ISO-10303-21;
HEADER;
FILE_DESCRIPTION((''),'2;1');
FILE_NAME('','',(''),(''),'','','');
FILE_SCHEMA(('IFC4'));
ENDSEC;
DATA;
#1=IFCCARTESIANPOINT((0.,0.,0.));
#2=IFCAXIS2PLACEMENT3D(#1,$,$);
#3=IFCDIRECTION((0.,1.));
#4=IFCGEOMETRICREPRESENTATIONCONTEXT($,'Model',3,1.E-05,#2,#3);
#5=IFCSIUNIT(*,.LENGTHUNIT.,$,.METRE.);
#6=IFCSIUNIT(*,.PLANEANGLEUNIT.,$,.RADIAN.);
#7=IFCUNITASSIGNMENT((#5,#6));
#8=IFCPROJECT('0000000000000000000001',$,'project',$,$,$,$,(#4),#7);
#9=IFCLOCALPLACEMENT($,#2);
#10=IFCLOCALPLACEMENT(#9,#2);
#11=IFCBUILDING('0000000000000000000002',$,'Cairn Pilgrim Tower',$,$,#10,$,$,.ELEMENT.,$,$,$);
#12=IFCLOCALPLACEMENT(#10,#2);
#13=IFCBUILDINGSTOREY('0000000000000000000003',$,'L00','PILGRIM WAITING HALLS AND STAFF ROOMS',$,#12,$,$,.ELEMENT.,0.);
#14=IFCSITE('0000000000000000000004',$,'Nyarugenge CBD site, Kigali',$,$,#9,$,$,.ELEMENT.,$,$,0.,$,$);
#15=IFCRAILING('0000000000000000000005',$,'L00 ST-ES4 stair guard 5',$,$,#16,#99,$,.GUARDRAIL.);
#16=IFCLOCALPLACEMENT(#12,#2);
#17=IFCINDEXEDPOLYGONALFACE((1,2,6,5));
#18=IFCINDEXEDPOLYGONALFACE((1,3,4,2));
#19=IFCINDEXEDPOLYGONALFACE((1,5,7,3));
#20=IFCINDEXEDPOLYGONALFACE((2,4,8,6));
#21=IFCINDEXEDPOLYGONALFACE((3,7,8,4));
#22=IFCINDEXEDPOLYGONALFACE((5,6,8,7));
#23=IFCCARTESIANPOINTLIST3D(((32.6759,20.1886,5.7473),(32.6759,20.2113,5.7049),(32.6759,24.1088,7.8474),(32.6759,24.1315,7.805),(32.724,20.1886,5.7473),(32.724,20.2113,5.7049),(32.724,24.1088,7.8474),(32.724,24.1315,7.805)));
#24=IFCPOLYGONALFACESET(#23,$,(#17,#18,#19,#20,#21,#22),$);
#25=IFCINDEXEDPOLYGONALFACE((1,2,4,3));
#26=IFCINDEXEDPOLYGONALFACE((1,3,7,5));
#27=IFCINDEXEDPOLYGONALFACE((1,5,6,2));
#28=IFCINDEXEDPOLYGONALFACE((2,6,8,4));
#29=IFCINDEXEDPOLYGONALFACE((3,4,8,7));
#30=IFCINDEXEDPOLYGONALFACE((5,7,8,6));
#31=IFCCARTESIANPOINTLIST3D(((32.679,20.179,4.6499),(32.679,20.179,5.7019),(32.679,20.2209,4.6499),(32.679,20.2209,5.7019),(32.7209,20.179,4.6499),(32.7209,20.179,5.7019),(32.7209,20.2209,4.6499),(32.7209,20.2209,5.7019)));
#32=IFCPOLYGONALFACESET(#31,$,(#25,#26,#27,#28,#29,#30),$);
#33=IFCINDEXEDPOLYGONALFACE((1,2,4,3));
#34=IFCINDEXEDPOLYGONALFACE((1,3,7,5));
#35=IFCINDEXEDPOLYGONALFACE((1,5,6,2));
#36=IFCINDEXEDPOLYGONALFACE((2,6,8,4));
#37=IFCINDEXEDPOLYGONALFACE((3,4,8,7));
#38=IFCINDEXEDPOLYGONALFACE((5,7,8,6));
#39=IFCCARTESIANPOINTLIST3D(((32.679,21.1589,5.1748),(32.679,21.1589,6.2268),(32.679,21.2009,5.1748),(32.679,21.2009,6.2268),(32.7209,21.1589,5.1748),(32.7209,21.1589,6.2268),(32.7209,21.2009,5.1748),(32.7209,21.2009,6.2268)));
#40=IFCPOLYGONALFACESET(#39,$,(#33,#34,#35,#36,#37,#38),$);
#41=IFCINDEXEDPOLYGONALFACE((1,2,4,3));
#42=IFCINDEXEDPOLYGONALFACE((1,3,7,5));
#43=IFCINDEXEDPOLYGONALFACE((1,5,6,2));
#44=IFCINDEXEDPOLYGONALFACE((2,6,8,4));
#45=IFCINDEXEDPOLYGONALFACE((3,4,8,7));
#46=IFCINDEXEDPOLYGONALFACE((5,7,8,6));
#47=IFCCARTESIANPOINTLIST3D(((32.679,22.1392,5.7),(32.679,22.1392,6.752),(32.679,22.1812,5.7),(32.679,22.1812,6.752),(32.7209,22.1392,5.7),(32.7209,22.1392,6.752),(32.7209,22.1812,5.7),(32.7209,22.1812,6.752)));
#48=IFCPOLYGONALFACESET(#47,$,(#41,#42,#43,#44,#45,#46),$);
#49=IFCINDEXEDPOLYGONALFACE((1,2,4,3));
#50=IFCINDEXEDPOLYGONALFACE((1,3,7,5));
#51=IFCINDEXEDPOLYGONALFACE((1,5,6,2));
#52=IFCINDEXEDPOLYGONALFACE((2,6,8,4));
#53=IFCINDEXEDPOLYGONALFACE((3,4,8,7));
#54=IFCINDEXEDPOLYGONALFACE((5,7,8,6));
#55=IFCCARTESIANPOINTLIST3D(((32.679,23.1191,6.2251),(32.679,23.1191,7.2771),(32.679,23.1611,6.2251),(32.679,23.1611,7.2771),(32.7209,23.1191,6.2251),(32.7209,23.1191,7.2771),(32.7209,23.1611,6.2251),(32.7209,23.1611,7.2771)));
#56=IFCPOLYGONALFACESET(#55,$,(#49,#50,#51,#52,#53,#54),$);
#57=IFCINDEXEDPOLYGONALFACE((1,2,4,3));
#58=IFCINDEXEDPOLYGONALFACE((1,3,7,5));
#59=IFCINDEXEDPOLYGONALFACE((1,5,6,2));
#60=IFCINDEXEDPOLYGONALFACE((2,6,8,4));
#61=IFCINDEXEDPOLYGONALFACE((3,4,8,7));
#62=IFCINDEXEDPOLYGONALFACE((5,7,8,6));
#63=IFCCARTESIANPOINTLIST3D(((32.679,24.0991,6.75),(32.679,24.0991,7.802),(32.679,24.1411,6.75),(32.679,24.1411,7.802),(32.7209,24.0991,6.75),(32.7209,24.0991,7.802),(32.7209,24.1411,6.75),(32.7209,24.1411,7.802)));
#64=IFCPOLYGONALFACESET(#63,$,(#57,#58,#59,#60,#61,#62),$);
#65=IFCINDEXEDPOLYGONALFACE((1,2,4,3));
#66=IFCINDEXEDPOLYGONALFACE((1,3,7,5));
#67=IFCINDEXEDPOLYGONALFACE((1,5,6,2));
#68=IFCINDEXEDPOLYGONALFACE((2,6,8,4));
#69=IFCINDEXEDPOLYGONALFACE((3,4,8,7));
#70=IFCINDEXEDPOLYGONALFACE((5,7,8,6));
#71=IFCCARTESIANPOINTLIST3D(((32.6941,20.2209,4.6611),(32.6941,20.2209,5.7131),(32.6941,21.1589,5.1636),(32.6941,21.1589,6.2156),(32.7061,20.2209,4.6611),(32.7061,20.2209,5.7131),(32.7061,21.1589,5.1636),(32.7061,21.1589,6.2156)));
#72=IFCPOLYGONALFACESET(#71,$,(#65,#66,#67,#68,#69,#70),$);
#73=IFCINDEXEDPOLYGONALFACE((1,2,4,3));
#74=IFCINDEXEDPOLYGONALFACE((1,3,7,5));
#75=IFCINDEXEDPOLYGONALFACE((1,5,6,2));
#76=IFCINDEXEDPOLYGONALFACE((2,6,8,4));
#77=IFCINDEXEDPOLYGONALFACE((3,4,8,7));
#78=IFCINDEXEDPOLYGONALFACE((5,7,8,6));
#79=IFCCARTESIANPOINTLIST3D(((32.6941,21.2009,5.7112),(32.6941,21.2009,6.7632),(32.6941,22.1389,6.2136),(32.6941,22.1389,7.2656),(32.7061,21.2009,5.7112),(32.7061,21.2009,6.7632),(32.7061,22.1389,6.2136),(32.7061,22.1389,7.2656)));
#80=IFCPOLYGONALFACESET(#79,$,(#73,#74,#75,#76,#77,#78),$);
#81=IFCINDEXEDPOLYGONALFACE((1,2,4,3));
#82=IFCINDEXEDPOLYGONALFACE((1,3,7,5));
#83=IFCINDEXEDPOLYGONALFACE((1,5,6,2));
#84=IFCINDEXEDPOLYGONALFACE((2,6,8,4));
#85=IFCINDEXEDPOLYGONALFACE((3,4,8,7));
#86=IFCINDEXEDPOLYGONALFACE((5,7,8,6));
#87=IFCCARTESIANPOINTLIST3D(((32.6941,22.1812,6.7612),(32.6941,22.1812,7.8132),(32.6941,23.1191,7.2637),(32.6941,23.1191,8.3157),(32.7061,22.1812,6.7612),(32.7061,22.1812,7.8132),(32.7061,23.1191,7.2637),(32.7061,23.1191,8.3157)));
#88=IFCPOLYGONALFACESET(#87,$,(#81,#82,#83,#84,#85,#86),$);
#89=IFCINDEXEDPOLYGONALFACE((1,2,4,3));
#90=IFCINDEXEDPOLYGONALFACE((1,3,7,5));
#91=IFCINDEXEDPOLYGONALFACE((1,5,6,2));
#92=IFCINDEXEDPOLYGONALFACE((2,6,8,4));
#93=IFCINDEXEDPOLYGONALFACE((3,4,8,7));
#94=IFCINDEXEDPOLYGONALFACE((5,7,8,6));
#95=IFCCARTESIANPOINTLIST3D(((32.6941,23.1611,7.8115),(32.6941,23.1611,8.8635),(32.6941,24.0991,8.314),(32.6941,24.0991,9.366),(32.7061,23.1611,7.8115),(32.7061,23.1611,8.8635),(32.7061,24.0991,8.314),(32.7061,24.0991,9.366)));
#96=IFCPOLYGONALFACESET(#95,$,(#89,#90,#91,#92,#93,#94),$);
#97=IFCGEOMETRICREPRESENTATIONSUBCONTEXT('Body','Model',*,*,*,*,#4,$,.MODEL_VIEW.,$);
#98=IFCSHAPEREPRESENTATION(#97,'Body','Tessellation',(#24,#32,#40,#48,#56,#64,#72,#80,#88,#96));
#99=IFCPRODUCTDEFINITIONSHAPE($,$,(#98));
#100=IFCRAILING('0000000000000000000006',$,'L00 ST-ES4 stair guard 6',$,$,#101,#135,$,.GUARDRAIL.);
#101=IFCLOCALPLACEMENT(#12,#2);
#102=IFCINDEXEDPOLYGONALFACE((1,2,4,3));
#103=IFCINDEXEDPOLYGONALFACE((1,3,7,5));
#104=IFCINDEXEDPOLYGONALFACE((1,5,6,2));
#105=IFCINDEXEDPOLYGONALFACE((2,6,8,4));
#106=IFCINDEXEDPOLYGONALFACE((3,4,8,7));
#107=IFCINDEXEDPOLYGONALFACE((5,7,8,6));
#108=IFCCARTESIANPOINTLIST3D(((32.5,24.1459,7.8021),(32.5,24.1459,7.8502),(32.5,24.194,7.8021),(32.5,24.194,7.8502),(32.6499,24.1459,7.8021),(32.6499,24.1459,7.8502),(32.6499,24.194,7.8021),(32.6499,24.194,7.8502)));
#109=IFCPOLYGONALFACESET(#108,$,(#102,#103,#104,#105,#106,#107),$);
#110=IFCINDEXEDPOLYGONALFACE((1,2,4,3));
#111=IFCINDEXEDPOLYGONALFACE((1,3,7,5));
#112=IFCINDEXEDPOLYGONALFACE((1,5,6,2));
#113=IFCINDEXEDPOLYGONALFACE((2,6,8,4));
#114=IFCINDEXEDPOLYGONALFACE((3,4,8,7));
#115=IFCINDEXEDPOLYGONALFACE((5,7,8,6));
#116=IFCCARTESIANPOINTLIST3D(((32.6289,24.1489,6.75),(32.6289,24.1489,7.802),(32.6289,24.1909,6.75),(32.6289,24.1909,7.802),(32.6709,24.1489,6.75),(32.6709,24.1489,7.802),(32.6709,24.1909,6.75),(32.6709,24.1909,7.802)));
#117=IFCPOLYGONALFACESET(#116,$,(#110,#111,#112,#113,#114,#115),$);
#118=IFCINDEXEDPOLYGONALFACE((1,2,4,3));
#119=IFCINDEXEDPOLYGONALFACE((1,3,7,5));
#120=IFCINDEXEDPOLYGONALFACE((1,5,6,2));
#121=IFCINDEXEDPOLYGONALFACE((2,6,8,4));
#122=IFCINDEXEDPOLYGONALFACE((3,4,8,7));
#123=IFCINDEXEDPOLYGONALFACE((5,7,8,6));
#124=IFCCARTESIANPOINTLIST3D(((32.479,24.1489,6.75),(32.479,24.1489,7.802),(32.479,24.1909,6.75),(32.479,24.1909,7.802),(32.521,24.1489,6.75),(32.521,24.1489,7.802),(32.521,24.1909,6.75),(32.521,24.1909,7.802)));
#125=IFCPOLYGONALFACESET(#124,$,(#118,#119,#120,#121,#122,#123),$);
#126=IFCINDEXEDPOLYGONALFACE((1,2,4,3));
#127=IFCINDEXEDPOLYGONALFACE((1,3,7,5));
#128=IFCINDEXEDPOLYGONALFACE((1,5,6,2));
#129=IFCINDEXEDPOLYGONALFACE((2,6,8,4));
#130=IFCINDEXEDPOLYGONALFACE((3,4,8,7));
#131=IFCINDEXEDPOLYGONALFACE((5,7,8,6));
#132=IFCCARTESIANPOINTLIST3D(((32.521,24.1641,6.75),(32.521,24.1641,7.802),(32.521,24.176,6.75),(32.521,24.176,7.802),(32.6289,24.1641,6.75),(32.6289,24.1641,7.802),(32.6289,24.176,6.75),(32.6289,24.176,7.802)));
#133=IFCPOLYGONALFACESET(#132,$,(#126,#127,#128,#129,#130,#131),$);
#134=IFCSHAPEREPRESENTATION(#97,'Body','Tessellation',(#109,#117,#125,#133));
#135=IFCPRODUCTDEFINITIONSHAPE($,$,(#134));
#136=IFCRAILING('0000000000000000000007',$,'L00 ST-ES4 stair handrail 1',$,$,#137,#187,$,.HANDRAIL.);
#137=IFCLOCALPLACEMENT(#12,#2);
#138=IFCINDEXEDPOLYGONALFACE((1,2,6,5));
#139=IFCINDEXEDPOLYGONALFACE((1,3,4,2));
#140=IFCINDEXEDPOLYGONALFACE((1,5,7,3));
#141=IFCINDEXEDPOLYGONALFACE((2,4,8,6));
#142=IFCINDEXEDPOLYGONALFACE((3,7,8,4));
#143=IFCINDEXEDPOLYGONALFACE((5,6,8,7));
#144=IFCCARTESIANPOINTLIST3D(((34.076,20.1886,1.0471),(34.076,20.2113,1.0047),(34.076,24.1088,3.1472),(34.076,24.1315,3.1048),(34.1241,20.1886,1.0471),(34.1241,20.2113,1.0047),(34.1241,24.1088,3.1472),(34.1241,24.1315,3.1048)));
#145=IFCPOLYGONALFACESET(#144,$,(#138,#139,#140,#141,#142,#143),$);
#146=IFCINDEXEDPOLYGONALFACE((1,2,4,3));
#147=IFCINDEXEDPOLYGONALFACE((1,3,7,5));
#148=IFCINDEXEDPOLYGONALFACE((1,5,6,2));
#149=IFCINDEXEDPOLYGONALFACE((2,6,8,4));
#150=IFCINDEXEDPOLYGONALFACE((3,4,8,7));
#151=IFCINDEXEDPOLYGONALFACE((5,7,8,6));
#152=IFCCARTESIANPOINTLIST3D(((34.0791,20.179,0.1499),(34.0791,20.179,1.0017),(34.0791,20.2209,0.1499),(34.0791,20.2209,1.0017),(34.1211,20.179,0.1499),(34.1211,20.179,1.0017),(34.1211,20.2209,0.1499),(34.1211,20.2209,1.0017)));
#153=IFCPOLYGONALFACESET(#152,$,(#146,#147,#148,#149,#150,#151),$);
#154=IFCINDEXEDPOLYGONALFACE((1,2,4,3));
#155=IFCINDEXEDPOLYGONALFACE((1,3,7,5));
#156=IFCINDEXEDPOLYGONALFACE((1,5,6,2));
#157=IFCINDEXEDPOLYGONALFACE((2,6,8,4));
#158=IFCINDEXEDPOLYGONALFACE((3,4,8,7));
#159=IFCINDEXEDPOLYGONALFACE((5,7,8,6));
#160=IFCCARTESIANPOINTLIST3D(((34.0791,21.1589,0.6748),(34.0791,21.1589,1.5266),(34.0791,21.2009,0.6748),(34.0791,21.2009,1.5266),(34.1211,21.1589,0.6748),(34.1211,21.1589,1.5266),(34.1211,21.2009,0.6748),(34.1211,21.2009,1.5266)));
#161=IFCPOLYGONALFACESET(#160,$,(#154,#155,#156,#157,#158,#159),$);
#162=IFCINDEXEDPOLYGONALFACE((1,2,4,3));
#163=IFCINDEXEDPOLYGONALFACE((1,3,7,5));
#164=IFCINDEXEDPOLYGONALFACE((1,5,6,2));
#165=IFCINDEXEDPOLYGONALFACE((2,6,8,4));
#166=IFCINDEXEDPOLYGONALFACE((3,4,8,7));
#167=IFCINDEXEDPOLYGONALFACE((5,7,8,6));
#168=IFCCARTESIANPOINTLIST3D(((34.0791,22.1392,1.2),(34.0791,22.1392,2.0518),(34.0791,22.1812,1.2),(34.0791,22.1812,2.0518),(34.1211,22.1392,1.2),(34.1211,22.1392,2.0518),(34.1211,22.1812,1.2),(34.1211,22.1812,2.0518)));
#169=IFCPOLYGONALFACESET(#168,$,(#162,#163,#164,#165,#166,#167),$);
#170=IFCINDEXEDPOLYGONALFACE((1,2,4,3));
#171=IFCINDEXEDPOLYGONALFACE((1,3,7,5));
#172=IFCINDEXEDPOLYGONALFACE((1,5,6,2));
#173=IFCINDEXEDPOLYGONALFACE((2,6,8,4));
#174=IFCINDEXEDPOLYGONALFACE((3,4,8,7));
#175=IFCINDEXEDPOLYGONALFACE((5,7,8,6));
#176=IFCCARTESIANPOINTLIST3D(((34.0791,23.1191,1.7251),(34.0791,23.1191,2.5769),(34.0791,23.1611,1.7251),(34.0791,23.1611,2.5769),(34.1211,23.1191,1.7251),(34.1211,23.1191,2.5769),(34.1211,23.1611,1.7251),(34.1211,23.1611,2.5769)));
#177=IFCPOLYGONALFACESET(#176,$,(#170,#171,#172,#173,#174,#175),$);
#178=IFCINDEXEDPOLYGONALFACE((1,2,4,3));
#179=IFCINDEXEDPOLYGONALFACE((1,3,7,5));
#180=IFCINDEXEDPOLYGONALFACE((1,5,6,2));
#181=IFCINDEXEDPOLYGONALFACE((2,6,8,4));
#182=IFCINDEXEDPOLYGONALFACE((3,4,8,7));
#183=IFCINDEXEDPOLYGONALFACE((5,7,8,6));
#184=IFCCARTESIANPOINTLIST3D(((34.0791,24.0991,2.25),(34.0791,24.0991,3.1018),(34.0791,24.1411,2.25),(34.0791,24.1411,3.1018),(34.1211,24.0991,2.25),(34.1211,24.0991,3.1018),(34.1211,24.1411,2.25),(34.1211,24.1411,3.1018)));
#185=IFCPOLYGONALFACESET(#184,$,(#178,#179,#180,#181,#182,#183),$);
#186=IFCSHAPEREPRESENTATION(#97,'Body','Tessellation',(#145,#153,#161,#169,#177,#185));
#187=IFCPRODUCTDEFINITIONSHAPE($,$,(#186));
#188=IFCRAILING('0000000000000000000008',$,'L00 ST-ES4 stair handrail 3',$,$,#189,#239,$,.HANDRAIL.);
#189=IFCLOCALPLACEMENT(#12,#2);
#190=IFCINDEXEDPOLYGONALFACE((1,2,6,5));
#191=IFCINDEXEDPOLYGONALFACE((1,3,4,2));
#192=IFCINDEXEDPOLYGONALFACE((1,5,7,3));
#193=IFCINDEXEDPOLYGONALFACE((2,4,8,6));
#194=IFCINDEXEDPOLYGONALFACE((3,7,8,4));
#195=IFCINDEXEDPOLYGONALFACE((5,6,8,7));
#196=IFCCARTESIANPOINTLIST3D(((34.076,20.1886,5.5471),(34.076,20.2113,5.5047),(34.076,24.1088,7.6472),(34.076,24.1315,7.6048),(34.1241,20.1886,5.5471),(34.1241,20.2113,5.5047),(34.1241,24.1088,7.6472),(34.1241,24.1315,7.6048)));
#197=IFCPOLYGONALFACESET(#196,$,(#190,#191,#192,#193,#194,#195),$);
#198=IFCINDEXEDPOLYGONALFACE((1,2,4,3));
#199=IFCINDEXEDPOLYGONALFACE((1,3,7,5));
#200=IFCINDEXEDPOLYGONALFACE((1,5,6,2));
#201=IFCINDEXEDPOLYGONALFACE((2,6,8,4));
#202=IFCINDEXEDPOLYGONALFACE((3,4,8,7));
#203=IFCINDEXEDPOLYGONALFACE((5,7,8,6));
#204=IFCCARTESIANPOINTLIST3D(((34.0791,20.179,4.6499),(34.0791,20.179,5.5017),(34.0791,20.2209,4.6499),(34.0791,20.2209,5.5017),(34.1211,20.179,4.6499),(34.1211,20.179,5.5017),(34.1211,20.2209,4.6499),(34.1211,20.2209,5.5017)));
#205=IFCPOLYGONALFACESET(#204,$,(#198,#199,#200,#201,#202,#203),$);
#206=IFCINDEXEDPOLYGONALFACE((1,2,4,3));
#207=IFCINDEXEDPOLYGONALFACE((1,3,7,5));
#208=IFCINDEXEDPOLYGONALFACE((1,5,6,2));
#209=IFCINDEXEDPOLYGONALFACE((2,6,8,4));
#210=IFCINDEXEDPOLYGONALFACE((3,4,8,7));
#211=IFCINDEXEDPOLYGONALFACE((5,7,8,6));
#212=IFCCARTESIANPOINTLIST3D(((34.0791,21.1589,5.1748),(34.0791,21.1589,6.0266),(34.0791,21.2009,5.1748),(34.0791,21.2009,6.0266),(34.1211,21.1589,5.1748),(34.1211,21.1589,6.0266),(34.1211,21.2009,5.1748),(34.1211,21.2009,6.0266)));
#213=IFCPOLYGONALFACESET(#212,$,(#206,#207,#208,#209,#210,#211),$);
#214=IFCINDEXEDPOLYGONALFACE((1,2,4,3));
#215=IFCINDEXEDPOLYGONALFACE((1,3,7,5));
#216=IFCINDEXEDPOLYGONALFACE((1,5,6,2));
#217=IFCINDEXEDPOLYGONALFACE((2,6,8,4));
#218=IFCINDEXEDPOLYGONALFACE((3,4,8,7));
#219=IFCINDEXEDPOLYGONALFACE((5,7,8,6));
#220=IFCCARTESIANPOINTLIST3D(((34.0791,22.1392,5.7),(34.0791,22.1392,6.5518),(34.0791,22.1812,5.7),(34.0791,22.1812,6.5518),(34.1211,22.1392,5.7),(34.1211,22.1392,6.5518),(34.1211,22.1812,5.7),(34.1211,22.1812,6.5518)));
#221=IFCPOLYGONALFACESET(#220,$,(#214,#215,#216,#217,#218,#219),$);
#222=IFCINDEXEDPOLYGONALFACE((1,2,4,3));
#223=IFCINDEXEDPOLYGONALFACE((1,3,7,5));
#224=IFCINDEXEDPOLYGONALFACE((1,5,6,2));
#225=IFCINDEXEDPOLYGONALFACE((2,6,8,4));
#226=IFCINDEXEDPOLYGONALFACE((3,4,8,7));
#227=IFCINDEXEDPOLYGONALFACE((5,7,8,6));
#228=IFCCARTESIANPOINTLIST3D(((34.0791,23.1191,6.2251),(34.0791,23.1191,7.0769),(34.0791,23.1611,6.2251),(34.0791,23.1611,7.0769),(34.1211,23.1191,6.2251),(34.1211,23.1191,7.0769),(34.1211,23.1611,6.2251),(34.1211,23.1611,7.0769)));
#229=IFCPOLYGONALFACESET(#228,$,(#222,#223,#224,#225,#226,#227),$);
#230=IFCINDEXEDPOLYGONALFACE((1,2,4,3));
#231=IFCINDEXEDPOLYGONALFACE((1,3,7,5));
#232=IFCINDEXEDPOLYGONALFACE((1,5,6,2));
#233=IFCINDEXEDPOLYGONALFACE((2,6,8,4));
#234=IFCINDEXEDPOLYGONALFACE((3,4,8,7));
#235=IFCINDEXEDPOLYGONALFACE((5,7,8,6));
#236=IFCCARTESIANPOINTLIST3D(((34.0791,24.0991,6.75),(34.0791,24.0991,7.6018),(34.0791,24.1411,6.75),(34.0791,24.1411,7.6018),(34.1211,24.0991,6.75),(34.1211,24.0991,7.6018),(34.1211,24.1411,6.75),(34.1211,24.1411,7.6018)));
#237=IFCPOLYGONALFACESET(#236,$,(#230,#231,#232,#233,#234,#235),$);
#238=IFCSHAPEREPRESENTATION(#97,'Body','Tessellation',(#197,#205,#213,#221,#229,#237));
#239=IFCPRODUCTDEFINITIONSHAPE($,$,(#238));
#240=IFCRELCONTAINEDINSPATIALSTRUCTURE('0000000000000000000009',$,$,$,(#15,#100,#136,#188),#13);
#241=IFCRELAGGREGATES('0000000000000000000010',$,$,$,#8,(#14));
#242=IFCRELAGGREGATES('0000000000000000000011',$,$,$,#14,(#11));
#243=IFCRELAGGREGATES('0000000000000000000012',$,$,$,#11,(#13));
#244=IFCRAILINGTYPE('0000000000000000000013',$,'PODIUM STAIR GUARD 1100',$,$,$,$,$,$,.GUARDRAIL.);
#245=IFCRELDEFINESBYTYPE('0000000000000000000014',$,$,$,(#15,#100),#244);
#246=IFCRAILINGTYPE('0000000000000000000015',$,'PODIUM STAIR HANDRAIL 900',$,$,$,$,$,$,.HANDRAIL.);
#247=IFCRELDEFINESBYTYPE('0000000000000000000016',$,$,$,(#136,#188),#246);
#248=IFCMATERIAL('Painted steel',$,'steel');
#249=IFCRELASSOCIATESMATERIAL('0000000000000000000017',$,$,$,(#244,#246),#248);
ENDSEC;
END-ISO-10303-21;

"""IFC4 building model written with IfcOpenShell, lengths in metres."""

from ifc_helpers import new_model, si_unit, direction, frame, origin, origin_2d, place, context, subcontext, project, spatial, polyline, rectangle, outline, extrude, material, type_object, element, save


model = new_model("IFC4")

# Units and contexts
model_context = context("Model", 3, precision=1e-05, world=origin(), true_north=direction((0.0, 1.0)))
body_context = subcontext(model_context, "Body", "Model", "MODEL_VIEW")
ifc_project = project(units=[si_unit("LENGTHUNIT", "METRE"), si_unit("PLANEANGLEUNIT", "RADIAN")], contexts=[model_context])

# Site, building, storey
site_placement = place(None, origin())
site = spatial("IfcSite", under=ifc_project, at=site_placement, Name="Nyarugenge CBD site, Kigali", CompositionType="ELEMENT", RefElevation=0.0)
building_placement = place(site_placement, origin())
building = spatial("IfcBuilding", under=site, at=building_placement, Name="Cairn Pilgrim Tower", CompositionType="ELEMENT")
storey_placement = place(building_placement, origin())
storey = spatial("IfcBuildingStorey", under=building, at=storey_placement, Name="L00", Description="PILGRIM WAITING HALLS AND STAFF ROOMS", CompositionType="ELEMENT", Elevation=0.0)

# Railings
ifc_material_1 = material(Name="Painted steel", Category="steel")
railing_type_1 = type_object("IfcRailingType", Name="PODIUM STAIR GUARD 1100", PredefinedType="GUARDRAIL", material=ifc_material_1)
railing_1_placement = place(storey_placement, frame((32.7, 20.2, 4.6499)))
element("IfcRailing", 1, at=railing_1_placement, inside=storey, type_object=railing_type_1, Name="L00 ST-ES4 stair guard 5", PredefinedType="GUARDRAIL", context=body_context, shape_type="SweptSolid", body=[
    extrude(rectangle(XDim=0.0481, YDim=0.0481, at=origin_2d()), frame((0.0, 0.0, 1.0762), z_axis=(0.0, 0.881479, 0.472223), x_axis=(-1.0, 0.0, 0.0)), (0.0, 0.0, 1.0), 4.4473),
    extrude(rectangle(XDim=0.042, YDim=0.042, at=origin_2d()), origin(), (0.0, 0.0, 1.0), 1.052),
    extrude(rectangle(XDim=0.042, YDim=0.042, at=origin_2d()), frame((0.0, 0.98, 0.5249)), (0.0, 0.0, 1.0), 1.052),
    extrude(rectangle(XDim=0.042, YDim=0.042, at=origin_2d()), frame((0.0, 1.9602, 1.05)), (0.0, 0.0, 1.0), 1.052),
    extrude(rectangle(XDim=0.042, YDim=0.042, at=origin_2d()), frame((0.0, 2.9402, 1.5752)), (0.0, 0.0, 1.0), 1.052),
    extrude(rectangle(XDim=0.042, YDim=0.042, at=origin_2d()), frame((0.0, 3.9202, 2.1001)), (0.0, 0.0, 1.0), 1.052),
    extrude(outline(polyline([(0.021, 0.0112), (0.959, 0.5137), (0.959, 1.5657), (0.021, 1.0632), (0.021, 0.0112)])), frame((-0.0059, 0.0, 0.0), z_axis=(1.0, 0.0, 0.0), x_axis=(0.0, 1.0, 0.0)), (0.0, 0.0, 1.0), 0.012),
    extrude(outline(polyline([(0.021, 0.5364), (0.959, 1.0388), (0.959, 2.0908), (0.021, 1.5884), (0.021, 0.5364)])), frame((-0.0059, 0.98, 0.5249), z_axis=(1.0, 0.0, 0.0), x_axis=(0.0, 1.0, 0.0)), (0.0, 0.0, 1.0), 0.012),
    extrude(outline(polyline([(0.021, 1.0613), (0.959, 1.5637), (0.959, 2.6157), (0.021, 2.1133), (0.021, 1.0613)])), frame((-0.0059, 1.9602, 1.05), z_axis=(1.0, 0.0, 0.0), x_axis=(0.0, 1.0, 0.0)), (0.0, 0.0, 1.0), 0.012),
    extrude(outline(polyline([(0.021, 1.5864), (0.959, 2.0889), (0.959, 3.1409), (0.021, 2.6384), (0.021, 1.5864)])), frame((-0.0059, 2.9402, 1.5752), z_axis=(1.0, 0.0, 0.0), x_axis=(0.0, 1.0, 0.0)), (0.0, 0.0, 1.0), 0.012),
])
railing_2_placement = place(storey_placement, frame((32.6499, 24.1699, 6.75)))
element("IfcRailing", 2, at=railing_2_placement, inside=storey, type_object=railing_type_1, Name="L00 ST-ES4 stair guard 6", PredefinedType="GUARDRAIL", context=body_context, shape_type="SweptSolid", body=[
    extrude(rectangle(XDim=0.0481, YDim=0.0481, at=origin_2d()), frame((0.0, 0.0, 1.0762), z_axis=(-1.0, 0.0, 0.0), x_axis=(0.0, -1.0, 0.0)), (0.0, 0.0, 1.0), 0.1499),
    extrude(rectangle(XDim=0.042, YDim=0.042, at=origin_2d()), origin(), (0.0, 0.0, 1.0), 1.052),
    extrude(rectangle(XDim=0.042, YDim=0.042, at=origin_2d()), frame((-0.1499, 0.0, 0.0)), (0.0, 0.0, 1.0), 1.052),
    extrude(outline(polyline([(0.021, 0.0), (0.1289, 0.0), (0.1289, 1.052), (0.021, 1.052), (0.021, 0.0)])), frame((0.0, -0.0059, 0.0), z_axis=(0.0, 1.0, 0.0), x_axis=(-1.0, 0.0, 0.0)), (0.0, 0.0, 1.0), 0.012),
])
railing_type_2 = type_object("IfcRailingType", Name="PODIUM STAIR HANDRAIL 900", PredefinedType="HANDRAIL", material=ifc_material_1)
for number, where, name in (
    (3, (34.1001, 20.2, 0.1499), "L00 ST-ES4 stair handrail 1"),
    (4, (34.1001, 20.2, 4.6499), "L00 ST-ES4 stair handrail 3"),
):
    element("IfcRailing", number, at=place(storey_placement, frame(where)), inside=storey, type_object=railing_type_2, Name=name, PredefinedType="HANDRAIL", context=body_context, shape_type="SweptSolid", body=[
        extrude(rectangle(XDim=0.0481, YDim=0.0481, at=origin_2d()), frame((0.0, 0.0, 0.876), z_axis=(0.0, 0.881479, 0.472223), x_axis=(-1.0, 0.0, 0.0)), (0.0, 0.0, 1.0), 4.4473),
        extrude(rectangle(XDim=0.042, YDim=0.042, at=origin_2d()), origin(), (0.0, 0.0, 1.0), 0.8518),
        extrude(rectangle(XDim=0.042, YDim=0.042, at=origin_2d()), frame((0.0, 0.98, 0.5249)), (0.0, 0.0, 1.0), 0.8518),
        extrude(rectangle(XDim=0.042, YDim=0.042, at=origin_2d()), frame((0.0, 1.9602, 1.05)), (0.0, 0.0, 1.0), 0.8518),
        extrude(rectangle(XDim=0.042, YDim=0.042, at=origin_2d()), frame((0.0, 2.9402, 1.5752)), (0.0, 0.0, 1.0), 0.8518),
        extrude(rectangle(XDim=0.042, YDim=0.042, at=origin_2d()), frame((0.0, 3.9202, 2.1001)), (0.0, 0.0, 1.0), 0.8518),
    ])

save(model, "model.ifc")
